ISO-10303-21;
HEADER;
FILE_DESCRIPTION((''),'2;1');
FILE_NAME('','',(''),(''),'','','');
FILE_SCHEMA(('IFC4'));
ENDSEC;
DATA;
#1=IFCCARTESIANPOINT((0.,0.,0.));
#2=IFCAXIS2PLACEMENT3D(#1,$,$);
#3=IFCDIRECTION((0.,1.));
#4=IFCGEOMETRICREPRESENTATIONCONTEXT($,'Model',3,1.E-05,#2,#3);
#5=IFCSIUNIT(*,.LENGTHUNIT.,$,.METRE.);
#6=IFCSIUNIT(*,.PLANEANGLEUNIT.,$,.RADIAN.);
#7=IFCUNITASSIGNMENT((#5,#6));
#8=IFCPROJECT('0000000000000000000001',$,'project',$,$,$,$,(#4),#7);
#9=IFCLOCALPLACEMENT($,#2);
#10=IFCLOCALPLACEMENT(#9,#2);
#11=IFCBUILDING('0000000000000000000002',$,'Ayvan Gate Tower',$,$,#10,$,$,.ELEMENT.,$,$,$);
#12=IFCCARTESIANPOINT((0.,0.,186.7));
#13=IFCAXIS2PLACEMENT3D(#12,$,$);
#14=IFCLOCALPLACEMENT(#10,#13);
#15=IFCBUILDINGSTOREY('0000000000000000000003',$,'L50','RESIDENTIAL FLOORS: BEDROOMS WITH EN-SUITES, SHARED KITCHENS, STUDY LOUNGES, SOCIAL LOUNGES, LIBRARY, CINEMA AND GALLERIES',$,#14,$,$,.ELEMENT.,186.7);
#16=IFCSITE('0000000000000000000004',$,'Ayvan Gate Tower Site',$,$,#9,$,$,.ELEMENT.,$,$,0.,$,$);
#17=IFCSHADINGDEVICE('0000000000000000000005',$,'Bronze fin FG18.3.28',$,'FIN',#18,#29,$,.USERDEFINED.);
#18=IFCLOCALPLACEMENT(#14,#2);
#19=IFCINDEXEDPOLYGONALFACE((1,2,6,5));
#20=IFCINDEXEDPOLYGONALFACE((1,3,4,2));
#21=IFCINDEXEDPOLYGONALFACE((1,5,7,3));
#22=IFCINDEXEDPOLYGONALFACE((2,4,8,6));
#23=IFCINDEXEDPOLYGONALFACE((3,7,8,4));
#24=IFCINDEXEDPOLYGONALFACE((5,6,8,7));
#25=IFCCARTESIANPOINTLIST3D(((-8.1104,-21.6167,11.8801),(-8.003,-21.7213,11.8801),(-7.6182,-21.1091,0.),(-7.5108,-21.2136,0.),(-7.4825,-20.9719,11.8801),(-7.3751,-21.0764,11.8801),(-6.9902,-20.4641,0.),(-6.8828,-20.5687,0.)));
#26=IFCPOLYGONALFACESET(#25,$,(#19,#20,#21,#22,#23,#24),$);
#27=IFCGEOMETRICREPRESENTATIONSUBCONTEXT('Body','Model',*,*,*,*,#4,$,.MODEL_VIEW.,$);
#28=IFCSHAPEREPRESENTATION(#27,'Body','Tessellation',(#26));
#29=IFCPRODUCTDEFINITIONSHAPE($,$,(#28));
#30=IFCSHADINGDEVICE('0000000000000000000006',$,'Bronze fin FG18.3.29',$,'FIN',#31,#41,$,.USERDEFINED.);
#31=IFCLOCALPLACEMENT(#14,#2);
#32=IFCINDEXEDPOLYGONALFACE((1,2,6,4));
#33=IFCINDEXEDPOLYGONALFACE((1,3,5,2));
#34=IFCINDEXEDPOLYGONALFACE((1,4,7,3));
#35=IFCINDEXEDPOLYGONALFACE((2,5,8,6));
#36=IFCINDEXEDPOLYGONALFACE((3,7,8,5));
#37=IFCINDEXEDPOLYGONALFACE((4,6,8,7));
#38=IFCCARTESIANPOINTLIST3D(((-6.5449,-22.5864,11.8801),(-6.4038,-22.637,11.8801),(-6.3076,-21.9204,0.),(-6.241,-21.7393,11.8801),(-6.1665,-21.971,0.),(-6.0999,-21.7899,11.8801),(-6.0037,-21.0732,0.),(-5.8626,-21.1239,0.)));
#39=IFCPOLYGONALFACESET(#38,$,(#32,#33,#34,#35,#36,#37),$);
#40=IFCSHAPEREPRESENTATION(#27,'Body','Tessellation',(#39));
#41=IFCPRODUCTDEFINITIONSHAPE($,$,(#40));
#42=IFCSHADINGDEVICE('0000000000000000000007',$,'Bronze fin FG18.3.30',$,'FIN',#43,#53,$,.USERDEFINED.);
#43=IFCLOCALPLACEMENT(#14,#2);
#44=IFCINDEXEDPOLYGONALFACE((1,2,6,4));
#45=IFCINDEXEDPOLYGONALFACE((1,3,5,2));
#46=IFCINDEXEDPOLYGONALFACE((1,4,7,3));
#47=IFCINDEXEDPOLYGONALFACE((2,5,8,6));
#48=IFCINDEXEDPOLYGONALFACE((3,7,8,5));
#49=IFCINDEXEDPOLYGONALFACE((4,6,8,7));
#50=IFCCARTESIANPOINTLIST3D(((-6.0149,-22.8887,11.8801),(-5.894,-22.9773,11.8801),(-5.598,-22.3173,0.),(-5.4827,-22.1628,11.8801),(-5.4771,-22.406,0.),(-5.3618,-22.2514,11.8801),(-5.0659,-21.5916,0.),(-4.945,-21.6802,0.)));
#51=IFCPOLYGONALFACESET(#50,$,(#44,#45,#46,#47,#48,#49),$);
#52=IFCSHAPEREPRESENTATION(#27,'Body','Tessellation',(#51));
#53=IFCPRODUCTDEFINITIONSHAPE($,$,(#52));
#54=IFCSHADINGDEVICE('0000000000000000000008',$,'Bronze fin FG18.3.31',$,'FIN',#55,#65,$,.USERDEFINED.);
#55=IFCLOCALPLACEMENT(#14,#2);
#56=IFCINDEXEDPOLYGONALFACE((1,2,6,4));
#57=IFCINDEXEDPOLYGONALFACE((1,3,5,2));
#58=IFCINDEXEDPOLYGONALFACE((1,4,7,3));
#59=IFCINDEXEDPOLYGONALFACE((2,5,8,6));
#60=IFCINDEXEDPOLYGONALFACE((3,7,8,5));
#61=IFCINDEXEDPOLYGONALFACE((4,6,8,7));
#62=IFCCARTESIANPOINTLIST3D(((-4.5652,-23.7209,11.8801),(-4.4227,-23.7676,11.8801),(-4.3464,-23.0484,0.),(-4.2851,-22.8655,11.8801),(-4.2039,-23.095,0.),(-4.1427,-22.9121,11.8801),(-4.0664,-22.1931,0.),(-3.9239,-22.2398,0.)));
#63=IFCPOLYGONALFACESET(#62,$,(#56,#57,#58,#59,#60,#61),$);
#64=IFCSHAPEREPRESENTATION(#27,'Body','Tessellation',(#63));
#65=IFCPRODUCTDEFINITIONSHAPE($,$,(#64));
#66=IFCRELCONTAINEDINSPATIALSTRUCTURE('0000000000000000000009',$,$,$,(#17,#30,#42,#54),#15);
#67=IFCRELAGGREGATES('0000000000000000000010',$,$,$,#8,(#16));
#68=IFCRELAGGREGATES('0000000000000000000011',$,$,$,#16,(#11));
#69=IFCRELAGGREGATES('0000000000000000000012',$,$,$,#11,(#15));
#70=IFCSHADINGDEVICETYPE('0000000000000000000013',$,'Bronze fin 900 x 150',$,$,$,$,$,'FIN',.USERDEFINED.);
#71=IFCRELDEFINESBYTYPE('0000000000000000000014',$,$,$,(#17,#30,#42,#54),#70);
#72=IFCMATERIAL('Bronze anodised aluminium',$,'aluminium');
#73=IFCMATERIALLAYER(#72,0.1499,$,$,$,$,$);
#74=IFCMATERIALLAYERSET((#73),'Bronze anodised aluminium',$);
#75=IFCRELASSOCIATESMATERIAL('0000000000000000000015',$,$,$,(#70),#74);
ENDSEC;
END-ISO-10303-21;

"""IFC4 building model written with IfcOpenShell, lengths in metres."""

from ifc_helpers import new_model, si_unit, direction, frame, origin, place, context, subcontext, project, spatial, polyline, outline, extrude, material, layer, layer_set, type_object, element, save


model = new_model("IFC4")

# Units and contexts
model_context = context("Model", 3, precision=1e-05, world=origin(), true_north=direction((0.0, 1.0)))
body_context = subcontext(model_context, "Body", "Model", "MODEL_VIEW")
ifc_project = project(units=[si_unit("LENGTHUNIT", "METRE"), si_unit("PLANEANGLEUNIT", "RADIAN")], contexts=[model_context])

# Site, building, storey
site_placement = place(None, origin())
site = spatial("IfcSite", under=ifc_project, at=site_placement, Name="Ayvan Gate Tower Site", CompositionType="ELEMENT", RefElevation=0.0)
building_placement = place(site_placement, origin())
building = spatial("IfcBuilding", under=site, at=building_placement, Name="Ayvan Gate Tower", CompositionType="ELEMENT")
storey_placement = place(building_placement, frame((0.0, 0.0, 186.7)))
storey = spatial("IfcBuildingStorey", under=building, at=storey_placement, Name="L50", Description="RESIDENTIAL FLOORS: BEDROOMS WITH EN-SUITES, SHARED KITCHENS, STUDY LOUNGES, SOCIAL LOUNGES, LIBRARY, CINEMA AND GALLERIES", CompositionType="ELEMENT", Elevation=186.7)

# Shared definitions
ifc_material_1 = material(Name="Bronze anodised aluminium", Category="aluminium")

# Shading devices
ifc_layer_1 = layer(ifc_material_1, 0.1499)
ifc_layer_set_1 = layer_set([ifc_layer_1], Name="Bronze anodised aluminium")
shading_device_type = type_object("IfcShadingDeviceType", Name="Bronze fin 900 x 150", ElementType="FIN", PredefinedType="USERDEFINED", material=ifc_layer_set_1)
shading_device_1_placement = place(storey_placement, frame((-6.9902, -20.4641, 0.0), z_axis=(-0.716469, 0.697619, 0.000129), x_axis=(-0.697619, -0.716469, 0.0)))
element("IfcShadingDevice", 1, at=shading_device_1_placement, inside=storey, type_object=shading_device_type, Name="Bronze fin FG18.3.28", ObjectType="FIN", PredefinedType="USERDEFINED", context=body_context, shape_type="SweptSolid", body=[
    extrude(outline(polyline([(0.0, 0.0), (0.9002, 0.0), (1.6072, 11.8801), (0.7072, 11.8801), (0.0, 0.0)])), origin(), (0.0, 0.0, -1.0), 0.1499),
])
shading_device_2_placement = place(storey_placement, frame((-6.0037, -21.0732, 0.0), z_axis=(-0.94125, 0.337711, 0.000131), x_axis=(-0.337711, -0.94125, 0.0)))
element("IfcShadingDevice", 2, at=shading_device_2_placement, inside=storey, type_object=shading_device_type, Name="Bronze fin FG18.3.29", ObjectType="FIN", PredefinedType="USERDEFINED", context=body_context, shape_type="SweptSolid", body=[
    extrude(outline(polyline([(0.0, 0.0), (0.9, 0.0), (1.6071, 11.8801), (0.707, 11.8801), (0.0, 0.0)])), origin(), (0.0, 0.0, -1.0), 0.1499),
])
shading_device_3_placement = place(storey_placement, frame((-5.0659, -21.5916, 0.0), z_axis=(-0.806496, 0.59124, 0.000132), x_axis=(-0.59124, -0.806496, 0.0)))
element("IfcShadingDevice", 3, at=shading_device_3_placement, inside=storey, type_object=shading_device_type, Name="Bronze fin FG18.3.30", ObjectType="FIN", PredefinedType="USERDEFINED", context=body_context, shape_type="SweptSolid", body=[
    extrude(outline(polyline([(0.0, 0.0), (0.8999, 0.0), (1.6072, 11.8801), (0.7071, 11.8801), (0.0, 0.0)])), origin(), (0.0, 0.0, -1.0), 0.1499),
])
shading_device_4_placement = place(storey_placement, frame((-4.0664, -22.1931, 0.0), z_axis=(-0.950365, 0.311137, 0.000113), x_axis=(-0.311137, -0.950365, 0.0)))
element("IfcShadingDevice", 4, at=shading_device_4_placement, inside=storey, type_object=shading_device_type, Name="Bronze fin FG18.3.31", ObjectType="FIN", PredefinedType="USERDEFINED", context=body_context, shape_type="SweptSolid", body=[
    extrude(outline(polyline([(0.0, 0.0), (0.8999, 0.0), (1.6072, 11.8801), (0.7071, 11.8801), (0.0, 0.0)])), origin(), (0.0, 0.0, -1.0), 0.1499),
])

save(model, "model.ifc")
